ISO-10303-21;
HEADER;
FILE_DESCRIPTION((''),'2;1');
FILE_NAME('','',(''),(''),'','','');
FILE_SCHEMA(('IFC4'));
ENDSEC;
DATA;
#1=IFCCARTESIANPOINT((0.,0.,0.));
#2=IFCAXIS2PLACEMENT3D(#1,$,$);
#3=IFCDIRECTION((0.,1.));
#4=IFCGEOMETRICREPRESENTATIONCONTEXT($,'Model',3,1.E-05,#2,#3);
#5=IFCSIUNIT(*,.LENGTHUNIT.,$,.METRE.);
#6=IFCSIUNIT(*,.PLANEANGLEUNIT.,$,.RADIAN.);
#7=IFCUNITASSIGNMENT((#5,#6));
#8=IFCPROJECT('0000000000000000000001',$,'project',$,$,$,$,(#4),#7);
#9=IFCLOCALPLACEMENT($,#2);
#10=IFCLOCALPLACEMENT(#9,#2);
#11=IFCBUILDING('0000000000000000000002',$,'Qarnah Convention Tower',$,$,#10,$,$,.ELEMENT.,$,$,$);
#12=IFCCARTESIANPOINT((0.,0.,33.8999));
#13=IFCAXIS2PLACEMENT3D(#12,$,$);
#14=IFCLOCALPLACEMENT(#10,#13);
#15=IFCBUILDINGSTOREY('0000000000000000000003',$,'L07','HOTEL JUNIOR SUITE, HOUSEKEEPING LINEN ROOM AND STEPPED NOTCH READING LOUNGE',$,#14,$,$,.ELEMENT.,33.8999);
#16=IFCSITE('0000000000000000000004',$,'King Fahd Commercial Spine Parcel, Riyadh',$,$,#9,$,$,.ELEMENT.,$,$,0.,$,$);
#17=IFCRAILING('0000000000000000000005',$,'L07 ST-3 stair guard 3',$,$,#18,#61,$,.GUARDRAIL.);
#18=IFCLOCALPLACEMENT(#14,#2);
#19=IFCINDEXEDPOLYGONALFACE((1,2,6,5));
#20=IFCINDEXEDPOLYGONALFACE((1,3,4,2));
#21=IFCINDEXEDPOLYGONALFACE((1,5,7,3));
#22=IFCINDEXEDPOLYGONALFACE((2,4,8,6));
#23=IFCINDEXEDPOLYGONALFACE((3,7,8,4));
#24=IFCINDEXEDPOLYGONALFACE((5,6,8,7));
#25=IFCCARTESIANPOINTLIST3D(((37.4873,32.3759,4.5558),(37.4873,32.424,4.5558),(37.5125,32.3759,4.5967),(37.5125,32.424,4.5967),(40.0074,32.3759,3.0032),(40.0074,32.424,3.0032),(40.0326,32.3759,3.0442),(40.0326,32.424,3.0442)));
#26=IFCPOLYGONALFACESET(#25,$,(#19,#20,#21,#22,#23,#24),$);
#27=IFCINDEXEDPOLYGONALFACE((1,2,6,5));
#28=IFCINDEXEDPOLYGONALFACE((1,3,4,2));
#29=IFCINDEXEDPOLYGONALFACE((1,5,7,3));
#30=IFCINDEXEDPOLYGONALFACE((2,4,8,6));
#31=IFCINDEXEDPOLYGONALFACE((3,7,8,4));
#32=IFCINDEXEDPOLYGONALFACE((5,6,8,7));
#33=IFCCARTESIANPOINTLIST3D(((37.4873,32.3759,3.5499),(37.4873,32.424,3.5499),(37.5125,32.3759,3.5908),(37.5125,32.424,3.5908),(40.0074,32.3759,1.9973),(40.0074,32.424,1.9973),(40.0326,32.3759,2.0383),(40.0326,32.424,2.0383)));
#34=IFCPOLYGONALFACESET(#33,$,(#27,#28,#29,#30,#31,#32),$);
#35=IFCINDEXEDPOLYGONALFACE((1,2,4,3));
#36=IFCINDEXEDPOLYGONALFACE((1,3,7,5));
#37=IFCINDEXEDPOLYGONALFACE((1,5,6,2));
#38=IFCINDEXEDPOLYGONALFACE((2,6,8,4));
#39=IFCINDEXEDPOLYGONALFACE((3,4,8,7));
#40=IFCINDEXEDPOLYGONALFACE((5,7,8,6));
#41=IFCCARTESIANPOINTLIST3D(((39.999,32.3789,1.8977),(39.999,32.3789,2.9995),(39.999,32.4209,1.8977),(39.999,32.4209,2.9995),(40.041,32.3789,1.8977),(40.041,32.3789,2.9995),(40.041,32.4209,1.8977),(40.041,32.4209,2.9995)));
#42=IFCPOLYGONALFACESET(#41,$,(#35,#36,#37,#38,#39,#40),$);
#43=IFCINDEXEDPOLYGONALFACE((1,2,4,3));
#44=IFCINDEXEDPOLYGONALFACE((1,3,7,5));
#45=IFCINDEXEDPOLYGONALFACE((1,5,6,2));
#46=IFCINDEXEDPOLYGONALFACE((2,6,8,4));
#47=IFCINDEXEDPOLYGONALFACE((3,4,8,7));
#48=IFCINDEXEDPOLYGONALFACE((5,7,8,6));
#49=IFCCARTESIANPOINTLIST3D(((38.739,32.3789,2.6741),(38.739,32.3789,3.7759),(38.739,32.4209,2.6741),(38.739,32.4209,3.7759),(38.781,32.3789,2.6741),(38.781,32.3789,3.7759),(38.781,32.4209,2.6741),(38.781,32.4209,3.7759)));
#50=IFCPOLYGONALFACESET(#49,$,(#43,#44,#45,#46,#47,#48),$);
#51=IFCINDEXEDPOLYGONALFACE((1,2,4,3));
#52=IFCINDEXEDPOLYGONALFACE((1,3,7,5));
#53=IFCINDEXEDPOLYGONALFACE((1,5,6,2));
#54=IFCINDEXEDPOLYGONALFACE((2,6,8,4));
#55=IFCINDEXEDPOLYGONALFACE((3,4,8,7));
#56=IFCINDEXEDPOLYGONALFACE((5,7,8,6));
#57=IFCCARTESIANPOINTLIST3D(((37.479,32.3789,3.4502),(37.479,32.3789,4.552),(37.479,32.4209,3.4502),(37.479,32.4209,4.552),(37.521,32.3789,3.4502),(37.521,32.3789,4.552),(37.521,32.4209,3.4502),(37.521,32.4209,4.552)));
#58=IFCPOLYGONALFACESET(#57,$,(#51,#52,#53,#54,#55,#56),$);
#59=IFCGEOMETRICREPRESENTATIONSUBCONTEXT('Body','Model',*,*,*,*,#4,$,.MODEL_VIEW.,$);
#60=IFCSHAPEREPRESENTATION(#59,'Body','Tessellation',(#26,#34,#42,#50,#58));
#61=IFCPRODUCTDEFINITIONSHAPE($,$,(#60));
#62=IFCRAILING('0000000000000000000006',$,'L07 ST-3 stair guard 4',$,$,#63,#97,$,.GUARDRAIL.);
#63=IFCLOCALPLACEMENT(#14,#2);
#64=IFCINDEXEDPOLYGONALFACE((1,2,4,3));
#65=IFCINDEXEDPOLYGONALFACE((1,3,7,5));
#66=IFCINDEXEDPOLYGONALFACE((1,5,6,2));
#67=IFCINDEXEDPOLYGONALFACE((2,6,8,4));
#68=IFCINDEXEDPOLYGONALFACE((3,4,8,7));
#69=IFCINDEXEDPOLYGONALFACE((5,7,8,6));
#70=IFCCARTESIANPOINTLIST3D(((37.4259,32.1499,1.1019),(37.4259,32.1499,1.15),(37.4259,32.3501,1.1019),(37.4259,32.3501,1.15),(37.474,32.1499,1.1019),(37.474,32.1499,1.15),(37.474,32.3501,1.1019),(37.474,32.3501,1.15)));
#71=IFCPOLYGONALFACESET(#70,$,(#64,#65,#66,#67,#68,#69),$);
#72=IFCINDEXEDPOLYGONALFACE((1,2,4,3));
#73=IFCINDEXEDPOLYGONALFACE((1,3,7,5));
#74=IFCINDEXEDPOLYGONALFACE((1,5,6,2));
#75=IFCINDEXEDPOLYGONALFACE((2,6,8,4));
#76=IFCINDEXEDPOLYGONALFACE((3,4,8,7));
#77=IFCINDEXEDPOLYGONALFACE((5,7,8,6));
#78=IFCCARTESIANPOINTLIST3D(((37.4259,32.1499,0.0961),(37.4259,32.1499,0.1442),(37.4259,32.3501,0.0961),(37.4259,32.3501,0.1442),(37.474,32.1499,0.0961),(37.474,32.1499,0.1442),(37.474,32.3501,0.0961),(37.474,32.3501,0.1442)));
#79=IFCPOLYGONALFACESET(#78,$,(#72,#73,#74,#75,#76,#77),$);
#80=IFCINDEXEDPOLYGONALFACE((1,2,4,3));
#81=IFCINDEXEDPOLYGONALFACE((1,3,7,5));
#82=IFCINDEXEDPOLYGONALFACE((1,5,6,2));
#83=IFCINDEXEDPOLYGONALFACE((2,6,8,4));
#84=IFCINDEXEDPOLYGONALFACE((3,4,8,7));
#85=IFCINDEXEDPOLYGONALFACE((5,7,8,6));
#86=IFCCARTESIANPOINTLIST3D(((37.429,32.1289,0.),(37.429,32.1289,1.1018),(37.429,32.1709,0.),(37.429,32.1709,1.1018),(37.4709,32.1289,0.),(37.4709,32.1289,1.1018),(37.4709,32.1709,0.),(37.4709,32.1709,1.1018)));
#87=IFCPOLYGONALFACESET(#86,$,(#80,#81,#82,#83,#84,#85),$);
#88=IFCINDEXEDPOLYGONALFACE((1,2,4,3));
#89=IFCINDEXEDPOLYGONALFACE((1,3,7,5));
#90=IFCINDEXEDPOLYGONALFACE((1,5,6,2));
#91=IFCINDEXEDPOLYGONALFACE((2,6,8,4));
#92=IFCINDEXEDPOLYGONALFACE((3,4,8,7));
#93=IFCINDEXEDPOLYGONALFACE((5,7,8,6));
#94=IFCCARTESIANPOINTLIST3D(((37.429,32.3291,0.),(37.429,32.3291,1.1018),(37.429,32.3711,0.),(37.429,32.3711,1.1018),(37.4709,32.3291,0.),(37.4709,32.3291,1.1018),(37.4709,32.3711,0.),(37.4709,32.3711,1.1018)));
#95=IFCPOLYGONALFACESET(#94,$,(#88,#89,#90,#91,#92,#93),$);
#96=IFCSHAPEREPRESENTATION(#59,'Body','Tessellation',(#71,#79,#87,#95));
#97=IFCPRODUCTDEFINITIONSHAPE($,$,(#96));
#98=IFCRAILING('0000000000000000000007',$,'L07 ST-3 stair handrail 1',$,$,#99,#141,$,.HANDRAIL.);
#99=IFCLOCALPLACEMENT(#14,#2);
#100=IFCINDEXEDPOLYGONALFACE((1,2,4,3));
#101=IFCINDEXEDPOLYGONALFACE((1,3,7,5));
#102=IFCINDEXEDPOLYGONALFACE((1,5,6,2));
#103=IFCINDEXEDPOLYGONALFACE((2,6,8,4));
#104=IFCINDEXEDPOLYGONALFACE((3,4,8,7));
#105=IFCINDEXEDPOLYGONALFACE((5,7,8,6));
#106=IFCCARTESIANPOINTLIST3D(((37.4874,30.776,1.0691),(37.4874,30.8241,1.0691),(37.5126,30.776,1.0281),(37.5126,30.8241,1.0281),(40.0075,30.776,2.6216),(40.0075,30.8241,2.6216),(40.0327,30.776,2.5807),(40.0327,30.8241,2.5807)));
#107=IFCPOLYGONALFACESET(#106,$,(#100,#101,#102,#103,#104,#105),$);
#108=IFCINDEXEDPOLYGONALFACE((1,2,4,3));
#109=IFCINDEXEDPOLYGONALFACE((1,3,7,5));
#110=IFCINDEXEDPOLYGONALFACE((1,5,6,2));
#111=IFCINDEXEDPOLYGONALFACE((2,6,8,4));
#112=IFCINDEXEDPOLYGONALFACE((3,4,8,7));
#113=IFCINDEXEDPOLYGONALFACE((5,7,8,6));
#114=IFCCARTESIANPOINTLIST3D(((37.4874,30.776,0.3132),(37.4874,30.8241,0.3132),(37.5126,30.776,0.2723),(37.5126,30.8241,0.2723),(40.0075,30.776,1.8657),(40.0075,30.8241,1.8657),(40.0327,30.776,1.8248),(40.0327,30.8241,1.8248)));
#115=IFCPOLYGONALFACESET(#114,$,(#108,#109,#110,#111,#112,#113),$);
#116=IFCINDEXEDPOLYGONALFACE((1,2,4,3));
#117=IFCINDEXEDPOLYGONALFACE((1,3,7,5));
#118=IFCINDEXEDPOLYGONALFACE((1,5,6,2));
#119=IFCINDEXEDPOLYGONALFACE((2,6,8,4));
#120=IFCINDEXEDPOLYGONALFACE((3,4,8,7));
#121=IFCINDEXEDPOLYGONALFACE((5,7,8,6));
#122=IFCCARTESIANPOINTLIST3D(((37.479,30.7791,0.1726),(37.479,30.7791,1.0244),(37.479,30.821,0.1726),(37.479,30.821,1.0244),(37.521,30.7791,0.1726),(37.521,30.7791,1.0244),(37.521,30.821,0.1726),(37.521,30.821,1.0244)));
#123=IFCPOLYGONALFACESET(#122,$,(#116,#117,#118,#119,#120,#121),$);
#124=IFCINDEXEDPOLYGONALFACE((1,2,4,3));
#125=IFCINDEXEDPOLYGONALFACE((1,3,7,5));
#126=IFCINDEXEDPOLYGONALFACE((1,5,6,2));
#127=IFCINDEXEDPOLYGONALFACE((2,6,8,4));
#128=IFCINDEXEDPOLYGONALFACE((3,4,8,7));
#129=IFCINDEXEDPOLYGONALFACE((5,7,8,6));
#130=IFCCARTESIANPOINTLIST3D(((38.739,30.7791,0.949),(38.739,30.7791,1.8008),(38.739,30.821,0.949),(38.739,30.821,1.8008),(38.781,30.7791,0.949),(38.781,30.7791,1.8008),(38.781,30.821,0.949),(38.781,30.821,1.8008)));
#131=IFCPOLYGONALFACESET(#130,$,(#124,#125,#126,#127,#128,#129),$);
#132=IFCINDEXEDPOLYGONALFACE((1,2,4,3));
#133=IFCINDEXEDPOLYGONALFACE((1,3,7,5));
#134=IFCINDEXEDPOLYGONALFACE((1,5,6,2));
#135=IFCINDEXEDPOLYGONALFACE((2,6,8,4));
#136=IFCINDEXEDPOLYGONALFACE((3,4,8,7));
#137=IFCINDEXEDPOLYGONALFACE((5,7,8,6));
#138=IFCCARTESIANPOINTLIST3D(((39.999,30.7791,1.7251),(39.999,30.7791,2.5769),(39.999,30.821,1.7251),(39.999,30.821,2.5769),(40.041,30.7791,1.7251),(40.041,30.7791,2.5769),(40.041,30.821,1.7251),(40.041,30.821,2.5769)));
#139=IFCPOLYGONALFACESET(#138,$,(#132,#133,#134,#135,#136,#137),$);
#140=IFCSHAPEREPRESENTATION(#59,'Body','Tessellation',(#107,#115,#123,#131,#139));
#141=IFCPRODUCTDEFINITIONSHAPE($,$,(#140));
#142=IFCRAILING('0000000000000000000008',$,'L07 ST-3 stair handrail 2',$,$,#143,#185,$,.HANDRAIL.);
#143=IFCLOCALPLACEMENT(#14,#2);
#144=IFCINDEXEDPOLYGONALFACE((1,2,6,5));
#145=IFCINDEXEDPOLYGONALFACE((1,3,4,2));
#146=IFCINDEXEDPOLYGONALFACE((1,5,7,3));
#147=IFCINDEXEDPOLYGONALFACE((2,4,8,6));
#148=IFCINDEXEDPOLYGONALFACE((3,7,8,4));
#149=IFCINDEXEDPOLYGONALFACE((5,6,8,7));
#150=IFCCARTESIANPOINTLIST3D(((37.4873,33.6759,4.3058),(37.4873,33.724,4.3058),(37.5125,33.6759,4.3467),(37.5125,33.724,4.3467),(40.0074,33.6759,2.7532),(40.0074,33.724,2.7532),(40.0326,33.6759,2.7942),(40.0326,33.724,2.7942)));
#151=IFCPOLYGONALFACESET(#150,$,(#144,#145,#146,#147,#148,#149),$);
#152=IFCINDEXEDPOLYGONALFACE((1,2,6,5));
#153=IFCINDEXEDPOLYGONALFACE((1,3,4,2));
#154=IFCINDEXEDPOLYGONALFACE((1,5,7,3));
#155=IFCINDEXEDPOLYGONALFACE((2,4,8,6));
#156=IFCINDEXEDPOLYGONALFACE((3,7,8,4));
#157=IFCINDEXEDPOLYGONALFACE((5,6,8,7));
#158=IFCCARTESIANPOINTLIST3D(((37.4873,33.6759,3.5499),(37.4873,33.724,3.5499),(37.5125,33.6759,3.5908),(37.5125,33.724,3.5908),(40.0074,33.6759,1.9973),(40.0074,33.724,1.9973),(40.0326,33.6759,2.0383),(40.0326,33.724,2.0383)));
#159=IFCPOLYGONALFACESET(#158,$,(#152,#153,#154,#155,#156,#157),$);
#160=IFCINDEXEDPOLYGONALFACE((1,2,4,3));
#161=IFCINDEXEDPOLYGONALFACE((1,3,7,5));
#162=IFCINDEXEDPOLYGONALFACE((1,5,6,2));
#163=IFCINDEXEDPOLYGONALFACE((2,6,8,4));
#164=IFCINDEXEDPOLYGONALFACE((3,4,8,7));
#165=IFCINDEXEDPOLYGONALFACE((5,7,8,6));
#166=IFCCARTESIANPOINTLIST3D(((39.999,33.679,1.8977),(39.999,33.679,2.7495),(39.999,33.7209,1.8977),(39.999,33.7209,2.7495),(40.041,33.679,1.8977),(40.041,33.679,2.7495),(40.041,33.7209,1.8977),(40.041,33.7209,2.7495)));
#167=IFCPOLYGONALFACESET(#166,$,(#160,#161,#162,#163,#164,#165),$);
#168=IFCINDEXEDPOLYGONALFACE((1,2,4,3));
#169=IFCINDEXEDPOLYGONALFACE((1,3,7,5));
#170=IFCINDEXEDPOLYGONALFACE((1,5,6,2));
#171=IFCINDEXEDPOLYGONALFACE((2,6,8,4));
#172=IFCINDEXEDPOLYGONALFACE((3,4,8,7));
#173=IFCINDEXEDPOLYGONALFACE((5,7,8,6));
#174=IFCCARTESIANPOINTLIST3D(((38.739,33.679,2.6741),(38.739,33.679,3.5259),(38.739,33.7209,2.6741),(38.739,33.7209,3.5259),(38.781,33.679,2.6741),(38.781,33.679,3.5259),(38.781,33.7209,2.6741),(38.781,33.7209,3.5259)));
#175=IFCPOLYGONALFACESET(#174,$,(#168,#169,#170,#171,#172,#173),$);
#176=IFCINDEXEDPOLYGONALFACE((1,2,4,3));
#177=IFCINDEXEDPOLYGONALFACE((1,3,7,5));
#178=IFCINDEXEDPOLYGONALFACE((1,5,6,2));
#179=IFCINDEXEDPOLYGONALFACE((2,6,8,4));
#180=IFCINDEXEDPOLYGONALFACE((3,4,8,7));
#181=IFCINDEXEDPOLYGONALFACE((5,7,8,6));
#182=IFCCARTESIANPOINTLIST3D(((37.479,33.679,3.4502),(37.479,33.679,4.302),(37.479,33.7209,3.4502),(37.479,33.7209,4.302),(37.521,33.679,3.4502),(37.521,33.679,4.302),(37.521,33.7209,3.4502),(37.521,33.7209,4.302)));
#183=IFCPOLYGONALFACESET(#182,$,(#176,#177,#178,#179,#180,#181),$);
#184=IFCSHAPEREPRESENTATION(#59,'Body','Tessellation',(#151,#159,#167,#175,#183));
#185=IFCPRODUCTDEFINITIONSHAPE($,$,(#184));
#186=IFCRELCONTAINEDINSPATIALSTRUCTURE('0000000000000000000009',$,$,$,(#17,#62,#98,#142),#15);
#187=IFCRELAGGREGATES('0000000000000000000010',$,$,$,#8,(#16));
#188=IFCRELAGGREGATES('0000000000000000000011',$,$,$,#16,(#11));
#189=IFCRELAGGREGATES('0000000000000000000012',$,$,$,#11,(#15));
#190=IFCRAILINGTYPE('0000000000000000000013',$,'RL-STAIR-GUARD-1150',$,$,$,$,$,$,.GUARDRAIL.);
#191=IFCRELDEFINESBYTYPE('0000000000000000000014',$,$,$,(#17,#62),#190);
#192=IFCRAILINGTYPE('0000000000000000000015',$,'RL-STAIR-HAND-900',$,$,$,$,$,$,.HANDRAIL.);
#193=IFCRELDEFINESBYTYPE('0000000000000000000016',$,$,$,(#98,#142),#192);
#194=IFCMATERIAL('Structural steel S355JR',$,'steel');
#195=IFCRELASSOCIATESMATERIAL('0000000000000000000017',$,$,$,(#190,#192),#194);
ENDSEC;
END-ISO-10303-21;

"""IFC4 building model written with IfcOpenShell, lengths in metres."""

from ifc_helpers import new_model, si_unit, direction, frame, origin, origin_2d, place, context, subcontext, project, spatial, rectangle, extrude, material, type_object, element, save


model = new_model("IFC4")

# Units and contexts
model_context = context("Model", 3, precision=1e-05, world=origin(), true_north=direction((0.0, 1.0)))
body_context = subcontext(model_context, "Body", "Model", "MODEL_VIEW")
ifc_project = project(units=[si_unit("LENGTHUNIT", "METRE"), si_unit("PLANEANGLEUNIT", "RADIAN")], contexts=[model_context])

# Site, building, storey
site_placement = place(None, origin())
site = spatial("IfcSite", under=ifc_project, at=site_placement, Name="King Fahd Commercial Spine Parcel, Riyadh", CompositionType="ELEMENT", RefElevation=0.0)
building_placement = place(site_placement, origin())
building = spatial("IfcBuilding", under=site, at=building_placement, Name="Qarnah Convention Tower", CompositionType="ELEMENT")
storey_placement = place(building_placement, frame((0.0, 0.0, 33.8999)))
storey = spatial("IfcBuildingStorey", under=building, at=storey_placement, Name="L07", Description="HOTEL JUNIOR SUITE, HOUSEKEEPING LINEN ROOM AND STEPPED NOTCH READING LOUNGE", CompositionType="ELEMENT", Elevation=33.8999)

# Shared definitions
ifc_material_1 = material(Name="Structural steel S355JR", Category="steel")

# Railings
railing_type_1 = type_object("IfcRailingType", Name="RL-STAIR-GUARD-1150", PredefinedType="GUARDRAIL", material=ifc_material_1)
railing_1_placement = place(storey_placement, frame((40.02, 32.3999, 1.8977)))
element("IfcRailing", 1, at=railing_1_placement, inside=storey, type_object=railing_type_1, Name="L07 ST-3 stair guard 3", PredefinedType="GUARDRAIL", context=body_context, shape_type="SweptSolid", body=[
    extrude(rectangle(XDim=0.0481, YDim=0.0481, at=origin_2d()), frame((0.0, 0.0, 1.126), z_axis=(-0.8514, 0.0, 0.524516), x_axis=(0.0, -1.0, 0.0)), (0.0, 0.0, 1.0), 2.96),
    extrude(rectangle(XDim=0.0481, YDim=0.0481, at=origin_2d()), frame((0.0, 0.0, 0.1201), z_axis=(-0.8514, 0.0, 0.524516), x_axis=(0.0, -1.0, 0.0)), (0.0, 0.0, 1.0), 2.96),
    extrude(rectangle(XDim=0.042, YDim=0.042, at=origin_2d()), origin(), (0.0, 0.0, 1.0), 1.1018),
    extrude(rectangle(XDim=0.042, YDim=0.042, at=origin_2d()), frame((-1.26, 0.0, 0.7764)), (0.0, 0.0, 1.0), 1.1018),
    extrude(rectangle(XDim=0.042, YDim=0.042, at=origin_2d()), frame((-2.52, 0.0, 1.5525)), (0.0, 0.0, 1.0), 1.1018),
])
railing_2_placement = place(storey_placement, frame((37.45, 32.1499, 0.0)))
element("IfcRailing", 2, at=railing_2_placement, inside=storey, type_object=railing_type_1, Name="L07 ST-3 stair guard 4", PredefinedType="GUARDRAIL", context=body_context, shape_type="SweptSolid", body=[
    extrude(rectangle(XDim=0.0481, YDim=0.0481, at=origin_2d()), frame((0.0, 0.0, 1.126), z_axis=(0.0, 1.0, 0.0), x_axis=(-1.0, 0.0, 0.0)), (0.0, 0.0, 1.0), 0.2002),
    extrude(rectangle(XDim=0.0481, YDim=0.0481, at=origin_2d()), frame((0.0, 0.0, 0.1201), z_axis=(0.0, 1.0, 0.0), x_axis=(-1.0, 0.0, 0.0)), (0.0, 0.0, 1.0), 0.2002),
    extrude(rectangle(XDim=0.042, YDim=0.042, at=origin_2d()), origin(), (0.0, 0.0, 1.0), 1.1018),
    extrude(rectangle(XDim=0.042, YDim=0.042, at=origin_2d()), frame((0.0, 0.2002, 0.0)), (0.0, 0.0, 1.0), 1.1018),
])
railing_type_2 = type_object("IfcRailingType", Name="RL-STAIR-HAND-900", PredefinedType="HANDRAIL", material=ifc_material_1)
railing_3_placement = place(storey_placement, frame((37.5, 30.8, 0.1726)))
element("IfcRailing", 3, at=railing_3_placement, inside=storey, type_object=railing_type_2, Name="L07 ST-3 stair handrail 1", PredefinedType="HANDRAIL", context=body_context, shape_type="SweptSolid", body=[
    extrude(rectangle(XDim=0.0481, YDim=0.0481, at=origin_2d()), frame((0.0, 0.0, 0.876), z_axis=(0.8514, 0.0, 0.524516), x_axis=(0.0, 1.0, 0.0)), (0.0, 0.0, 1.0), 2.96),
    extrude(rectangle(XDim=0.0481, YDim=0.0481, at=origin_2d()), frame((0.0, 0.0, 0.1201), z_axis=(0.8514, 0.0, 0.524516), x_axis=(0.0, 1.0, 0.0)), (0.0, 0.0, 1.0), 2.96),
    extrude(rectangle(XDim=0.042, YDim=0.042, at=origin_2d()), origin(), (0.0, 0.0, 1.0), 0.8518),
    extrude(rectangle(XDim=0.042, YDim=0.042, at=origin_2d()), frame((1.26, 0.0, 0.7764)), (0.0, 0.0, 1.0), 0.8518),
    extrude(rectangle(XDim=0.042, YDim=0.042, at=origin_2d()), frame((2.52, 0.0, 1.5525)), (0.0, 0.0, 1.0), 0.8518),
])
railing_4_placement = place(storey_placement, frame((40.02, 33.7, 1.8977)))
element("IfcRailing", 4, at=railing_4_placement, inside=storey, type_object=railing_type_2, Name="L07 ST-3 stair handrail 2", PredefinedType="HANDRAIL", context=body_context, shape_type="SweptSolid", body=[
    extrude(rectangle(XDim=0.0481, YDim=0.0481, at=origin_2d()), frame((0.0, 0.0, 0.876), z_axis=(-0.8514, 0.0, 0.524516), x_axis=(0.0, -1.0, 0.0)), (0.0, 0.0, 1.0), 2.96),
    extrude(rectangle(XDim=0.0481, YDim=0.0481, at=origin_2d()), frame((0.0, 0.0, 0.1201), z_axis=(-0.8514, 0.0, 0.524516), x_axis=(0.0, -1.0, 0.0)), (0.0, 0.0, 1.0), 2.96),
    extrude(rectangle(XDim=0.042, YDim=0.042, at=origin_2d()), origin(), (0.0, 0.0, 1.0), 0.8518),
    extrude(rectangle(XDim=0.042, YDim=0.042, at=origin_2d()), frame((-1.26, 0.0, 0.7764)), (0.0, 0.0, 1.0), 0.8518),
    extrude(rectangle(XDim=0.042, YDim=0.042, at=origin_2d()), frame((-2.52, 0.0, 1.5525)), (0.0, 0.0, 1.0), 0.8518),
])

save(model, "model.ifc")
